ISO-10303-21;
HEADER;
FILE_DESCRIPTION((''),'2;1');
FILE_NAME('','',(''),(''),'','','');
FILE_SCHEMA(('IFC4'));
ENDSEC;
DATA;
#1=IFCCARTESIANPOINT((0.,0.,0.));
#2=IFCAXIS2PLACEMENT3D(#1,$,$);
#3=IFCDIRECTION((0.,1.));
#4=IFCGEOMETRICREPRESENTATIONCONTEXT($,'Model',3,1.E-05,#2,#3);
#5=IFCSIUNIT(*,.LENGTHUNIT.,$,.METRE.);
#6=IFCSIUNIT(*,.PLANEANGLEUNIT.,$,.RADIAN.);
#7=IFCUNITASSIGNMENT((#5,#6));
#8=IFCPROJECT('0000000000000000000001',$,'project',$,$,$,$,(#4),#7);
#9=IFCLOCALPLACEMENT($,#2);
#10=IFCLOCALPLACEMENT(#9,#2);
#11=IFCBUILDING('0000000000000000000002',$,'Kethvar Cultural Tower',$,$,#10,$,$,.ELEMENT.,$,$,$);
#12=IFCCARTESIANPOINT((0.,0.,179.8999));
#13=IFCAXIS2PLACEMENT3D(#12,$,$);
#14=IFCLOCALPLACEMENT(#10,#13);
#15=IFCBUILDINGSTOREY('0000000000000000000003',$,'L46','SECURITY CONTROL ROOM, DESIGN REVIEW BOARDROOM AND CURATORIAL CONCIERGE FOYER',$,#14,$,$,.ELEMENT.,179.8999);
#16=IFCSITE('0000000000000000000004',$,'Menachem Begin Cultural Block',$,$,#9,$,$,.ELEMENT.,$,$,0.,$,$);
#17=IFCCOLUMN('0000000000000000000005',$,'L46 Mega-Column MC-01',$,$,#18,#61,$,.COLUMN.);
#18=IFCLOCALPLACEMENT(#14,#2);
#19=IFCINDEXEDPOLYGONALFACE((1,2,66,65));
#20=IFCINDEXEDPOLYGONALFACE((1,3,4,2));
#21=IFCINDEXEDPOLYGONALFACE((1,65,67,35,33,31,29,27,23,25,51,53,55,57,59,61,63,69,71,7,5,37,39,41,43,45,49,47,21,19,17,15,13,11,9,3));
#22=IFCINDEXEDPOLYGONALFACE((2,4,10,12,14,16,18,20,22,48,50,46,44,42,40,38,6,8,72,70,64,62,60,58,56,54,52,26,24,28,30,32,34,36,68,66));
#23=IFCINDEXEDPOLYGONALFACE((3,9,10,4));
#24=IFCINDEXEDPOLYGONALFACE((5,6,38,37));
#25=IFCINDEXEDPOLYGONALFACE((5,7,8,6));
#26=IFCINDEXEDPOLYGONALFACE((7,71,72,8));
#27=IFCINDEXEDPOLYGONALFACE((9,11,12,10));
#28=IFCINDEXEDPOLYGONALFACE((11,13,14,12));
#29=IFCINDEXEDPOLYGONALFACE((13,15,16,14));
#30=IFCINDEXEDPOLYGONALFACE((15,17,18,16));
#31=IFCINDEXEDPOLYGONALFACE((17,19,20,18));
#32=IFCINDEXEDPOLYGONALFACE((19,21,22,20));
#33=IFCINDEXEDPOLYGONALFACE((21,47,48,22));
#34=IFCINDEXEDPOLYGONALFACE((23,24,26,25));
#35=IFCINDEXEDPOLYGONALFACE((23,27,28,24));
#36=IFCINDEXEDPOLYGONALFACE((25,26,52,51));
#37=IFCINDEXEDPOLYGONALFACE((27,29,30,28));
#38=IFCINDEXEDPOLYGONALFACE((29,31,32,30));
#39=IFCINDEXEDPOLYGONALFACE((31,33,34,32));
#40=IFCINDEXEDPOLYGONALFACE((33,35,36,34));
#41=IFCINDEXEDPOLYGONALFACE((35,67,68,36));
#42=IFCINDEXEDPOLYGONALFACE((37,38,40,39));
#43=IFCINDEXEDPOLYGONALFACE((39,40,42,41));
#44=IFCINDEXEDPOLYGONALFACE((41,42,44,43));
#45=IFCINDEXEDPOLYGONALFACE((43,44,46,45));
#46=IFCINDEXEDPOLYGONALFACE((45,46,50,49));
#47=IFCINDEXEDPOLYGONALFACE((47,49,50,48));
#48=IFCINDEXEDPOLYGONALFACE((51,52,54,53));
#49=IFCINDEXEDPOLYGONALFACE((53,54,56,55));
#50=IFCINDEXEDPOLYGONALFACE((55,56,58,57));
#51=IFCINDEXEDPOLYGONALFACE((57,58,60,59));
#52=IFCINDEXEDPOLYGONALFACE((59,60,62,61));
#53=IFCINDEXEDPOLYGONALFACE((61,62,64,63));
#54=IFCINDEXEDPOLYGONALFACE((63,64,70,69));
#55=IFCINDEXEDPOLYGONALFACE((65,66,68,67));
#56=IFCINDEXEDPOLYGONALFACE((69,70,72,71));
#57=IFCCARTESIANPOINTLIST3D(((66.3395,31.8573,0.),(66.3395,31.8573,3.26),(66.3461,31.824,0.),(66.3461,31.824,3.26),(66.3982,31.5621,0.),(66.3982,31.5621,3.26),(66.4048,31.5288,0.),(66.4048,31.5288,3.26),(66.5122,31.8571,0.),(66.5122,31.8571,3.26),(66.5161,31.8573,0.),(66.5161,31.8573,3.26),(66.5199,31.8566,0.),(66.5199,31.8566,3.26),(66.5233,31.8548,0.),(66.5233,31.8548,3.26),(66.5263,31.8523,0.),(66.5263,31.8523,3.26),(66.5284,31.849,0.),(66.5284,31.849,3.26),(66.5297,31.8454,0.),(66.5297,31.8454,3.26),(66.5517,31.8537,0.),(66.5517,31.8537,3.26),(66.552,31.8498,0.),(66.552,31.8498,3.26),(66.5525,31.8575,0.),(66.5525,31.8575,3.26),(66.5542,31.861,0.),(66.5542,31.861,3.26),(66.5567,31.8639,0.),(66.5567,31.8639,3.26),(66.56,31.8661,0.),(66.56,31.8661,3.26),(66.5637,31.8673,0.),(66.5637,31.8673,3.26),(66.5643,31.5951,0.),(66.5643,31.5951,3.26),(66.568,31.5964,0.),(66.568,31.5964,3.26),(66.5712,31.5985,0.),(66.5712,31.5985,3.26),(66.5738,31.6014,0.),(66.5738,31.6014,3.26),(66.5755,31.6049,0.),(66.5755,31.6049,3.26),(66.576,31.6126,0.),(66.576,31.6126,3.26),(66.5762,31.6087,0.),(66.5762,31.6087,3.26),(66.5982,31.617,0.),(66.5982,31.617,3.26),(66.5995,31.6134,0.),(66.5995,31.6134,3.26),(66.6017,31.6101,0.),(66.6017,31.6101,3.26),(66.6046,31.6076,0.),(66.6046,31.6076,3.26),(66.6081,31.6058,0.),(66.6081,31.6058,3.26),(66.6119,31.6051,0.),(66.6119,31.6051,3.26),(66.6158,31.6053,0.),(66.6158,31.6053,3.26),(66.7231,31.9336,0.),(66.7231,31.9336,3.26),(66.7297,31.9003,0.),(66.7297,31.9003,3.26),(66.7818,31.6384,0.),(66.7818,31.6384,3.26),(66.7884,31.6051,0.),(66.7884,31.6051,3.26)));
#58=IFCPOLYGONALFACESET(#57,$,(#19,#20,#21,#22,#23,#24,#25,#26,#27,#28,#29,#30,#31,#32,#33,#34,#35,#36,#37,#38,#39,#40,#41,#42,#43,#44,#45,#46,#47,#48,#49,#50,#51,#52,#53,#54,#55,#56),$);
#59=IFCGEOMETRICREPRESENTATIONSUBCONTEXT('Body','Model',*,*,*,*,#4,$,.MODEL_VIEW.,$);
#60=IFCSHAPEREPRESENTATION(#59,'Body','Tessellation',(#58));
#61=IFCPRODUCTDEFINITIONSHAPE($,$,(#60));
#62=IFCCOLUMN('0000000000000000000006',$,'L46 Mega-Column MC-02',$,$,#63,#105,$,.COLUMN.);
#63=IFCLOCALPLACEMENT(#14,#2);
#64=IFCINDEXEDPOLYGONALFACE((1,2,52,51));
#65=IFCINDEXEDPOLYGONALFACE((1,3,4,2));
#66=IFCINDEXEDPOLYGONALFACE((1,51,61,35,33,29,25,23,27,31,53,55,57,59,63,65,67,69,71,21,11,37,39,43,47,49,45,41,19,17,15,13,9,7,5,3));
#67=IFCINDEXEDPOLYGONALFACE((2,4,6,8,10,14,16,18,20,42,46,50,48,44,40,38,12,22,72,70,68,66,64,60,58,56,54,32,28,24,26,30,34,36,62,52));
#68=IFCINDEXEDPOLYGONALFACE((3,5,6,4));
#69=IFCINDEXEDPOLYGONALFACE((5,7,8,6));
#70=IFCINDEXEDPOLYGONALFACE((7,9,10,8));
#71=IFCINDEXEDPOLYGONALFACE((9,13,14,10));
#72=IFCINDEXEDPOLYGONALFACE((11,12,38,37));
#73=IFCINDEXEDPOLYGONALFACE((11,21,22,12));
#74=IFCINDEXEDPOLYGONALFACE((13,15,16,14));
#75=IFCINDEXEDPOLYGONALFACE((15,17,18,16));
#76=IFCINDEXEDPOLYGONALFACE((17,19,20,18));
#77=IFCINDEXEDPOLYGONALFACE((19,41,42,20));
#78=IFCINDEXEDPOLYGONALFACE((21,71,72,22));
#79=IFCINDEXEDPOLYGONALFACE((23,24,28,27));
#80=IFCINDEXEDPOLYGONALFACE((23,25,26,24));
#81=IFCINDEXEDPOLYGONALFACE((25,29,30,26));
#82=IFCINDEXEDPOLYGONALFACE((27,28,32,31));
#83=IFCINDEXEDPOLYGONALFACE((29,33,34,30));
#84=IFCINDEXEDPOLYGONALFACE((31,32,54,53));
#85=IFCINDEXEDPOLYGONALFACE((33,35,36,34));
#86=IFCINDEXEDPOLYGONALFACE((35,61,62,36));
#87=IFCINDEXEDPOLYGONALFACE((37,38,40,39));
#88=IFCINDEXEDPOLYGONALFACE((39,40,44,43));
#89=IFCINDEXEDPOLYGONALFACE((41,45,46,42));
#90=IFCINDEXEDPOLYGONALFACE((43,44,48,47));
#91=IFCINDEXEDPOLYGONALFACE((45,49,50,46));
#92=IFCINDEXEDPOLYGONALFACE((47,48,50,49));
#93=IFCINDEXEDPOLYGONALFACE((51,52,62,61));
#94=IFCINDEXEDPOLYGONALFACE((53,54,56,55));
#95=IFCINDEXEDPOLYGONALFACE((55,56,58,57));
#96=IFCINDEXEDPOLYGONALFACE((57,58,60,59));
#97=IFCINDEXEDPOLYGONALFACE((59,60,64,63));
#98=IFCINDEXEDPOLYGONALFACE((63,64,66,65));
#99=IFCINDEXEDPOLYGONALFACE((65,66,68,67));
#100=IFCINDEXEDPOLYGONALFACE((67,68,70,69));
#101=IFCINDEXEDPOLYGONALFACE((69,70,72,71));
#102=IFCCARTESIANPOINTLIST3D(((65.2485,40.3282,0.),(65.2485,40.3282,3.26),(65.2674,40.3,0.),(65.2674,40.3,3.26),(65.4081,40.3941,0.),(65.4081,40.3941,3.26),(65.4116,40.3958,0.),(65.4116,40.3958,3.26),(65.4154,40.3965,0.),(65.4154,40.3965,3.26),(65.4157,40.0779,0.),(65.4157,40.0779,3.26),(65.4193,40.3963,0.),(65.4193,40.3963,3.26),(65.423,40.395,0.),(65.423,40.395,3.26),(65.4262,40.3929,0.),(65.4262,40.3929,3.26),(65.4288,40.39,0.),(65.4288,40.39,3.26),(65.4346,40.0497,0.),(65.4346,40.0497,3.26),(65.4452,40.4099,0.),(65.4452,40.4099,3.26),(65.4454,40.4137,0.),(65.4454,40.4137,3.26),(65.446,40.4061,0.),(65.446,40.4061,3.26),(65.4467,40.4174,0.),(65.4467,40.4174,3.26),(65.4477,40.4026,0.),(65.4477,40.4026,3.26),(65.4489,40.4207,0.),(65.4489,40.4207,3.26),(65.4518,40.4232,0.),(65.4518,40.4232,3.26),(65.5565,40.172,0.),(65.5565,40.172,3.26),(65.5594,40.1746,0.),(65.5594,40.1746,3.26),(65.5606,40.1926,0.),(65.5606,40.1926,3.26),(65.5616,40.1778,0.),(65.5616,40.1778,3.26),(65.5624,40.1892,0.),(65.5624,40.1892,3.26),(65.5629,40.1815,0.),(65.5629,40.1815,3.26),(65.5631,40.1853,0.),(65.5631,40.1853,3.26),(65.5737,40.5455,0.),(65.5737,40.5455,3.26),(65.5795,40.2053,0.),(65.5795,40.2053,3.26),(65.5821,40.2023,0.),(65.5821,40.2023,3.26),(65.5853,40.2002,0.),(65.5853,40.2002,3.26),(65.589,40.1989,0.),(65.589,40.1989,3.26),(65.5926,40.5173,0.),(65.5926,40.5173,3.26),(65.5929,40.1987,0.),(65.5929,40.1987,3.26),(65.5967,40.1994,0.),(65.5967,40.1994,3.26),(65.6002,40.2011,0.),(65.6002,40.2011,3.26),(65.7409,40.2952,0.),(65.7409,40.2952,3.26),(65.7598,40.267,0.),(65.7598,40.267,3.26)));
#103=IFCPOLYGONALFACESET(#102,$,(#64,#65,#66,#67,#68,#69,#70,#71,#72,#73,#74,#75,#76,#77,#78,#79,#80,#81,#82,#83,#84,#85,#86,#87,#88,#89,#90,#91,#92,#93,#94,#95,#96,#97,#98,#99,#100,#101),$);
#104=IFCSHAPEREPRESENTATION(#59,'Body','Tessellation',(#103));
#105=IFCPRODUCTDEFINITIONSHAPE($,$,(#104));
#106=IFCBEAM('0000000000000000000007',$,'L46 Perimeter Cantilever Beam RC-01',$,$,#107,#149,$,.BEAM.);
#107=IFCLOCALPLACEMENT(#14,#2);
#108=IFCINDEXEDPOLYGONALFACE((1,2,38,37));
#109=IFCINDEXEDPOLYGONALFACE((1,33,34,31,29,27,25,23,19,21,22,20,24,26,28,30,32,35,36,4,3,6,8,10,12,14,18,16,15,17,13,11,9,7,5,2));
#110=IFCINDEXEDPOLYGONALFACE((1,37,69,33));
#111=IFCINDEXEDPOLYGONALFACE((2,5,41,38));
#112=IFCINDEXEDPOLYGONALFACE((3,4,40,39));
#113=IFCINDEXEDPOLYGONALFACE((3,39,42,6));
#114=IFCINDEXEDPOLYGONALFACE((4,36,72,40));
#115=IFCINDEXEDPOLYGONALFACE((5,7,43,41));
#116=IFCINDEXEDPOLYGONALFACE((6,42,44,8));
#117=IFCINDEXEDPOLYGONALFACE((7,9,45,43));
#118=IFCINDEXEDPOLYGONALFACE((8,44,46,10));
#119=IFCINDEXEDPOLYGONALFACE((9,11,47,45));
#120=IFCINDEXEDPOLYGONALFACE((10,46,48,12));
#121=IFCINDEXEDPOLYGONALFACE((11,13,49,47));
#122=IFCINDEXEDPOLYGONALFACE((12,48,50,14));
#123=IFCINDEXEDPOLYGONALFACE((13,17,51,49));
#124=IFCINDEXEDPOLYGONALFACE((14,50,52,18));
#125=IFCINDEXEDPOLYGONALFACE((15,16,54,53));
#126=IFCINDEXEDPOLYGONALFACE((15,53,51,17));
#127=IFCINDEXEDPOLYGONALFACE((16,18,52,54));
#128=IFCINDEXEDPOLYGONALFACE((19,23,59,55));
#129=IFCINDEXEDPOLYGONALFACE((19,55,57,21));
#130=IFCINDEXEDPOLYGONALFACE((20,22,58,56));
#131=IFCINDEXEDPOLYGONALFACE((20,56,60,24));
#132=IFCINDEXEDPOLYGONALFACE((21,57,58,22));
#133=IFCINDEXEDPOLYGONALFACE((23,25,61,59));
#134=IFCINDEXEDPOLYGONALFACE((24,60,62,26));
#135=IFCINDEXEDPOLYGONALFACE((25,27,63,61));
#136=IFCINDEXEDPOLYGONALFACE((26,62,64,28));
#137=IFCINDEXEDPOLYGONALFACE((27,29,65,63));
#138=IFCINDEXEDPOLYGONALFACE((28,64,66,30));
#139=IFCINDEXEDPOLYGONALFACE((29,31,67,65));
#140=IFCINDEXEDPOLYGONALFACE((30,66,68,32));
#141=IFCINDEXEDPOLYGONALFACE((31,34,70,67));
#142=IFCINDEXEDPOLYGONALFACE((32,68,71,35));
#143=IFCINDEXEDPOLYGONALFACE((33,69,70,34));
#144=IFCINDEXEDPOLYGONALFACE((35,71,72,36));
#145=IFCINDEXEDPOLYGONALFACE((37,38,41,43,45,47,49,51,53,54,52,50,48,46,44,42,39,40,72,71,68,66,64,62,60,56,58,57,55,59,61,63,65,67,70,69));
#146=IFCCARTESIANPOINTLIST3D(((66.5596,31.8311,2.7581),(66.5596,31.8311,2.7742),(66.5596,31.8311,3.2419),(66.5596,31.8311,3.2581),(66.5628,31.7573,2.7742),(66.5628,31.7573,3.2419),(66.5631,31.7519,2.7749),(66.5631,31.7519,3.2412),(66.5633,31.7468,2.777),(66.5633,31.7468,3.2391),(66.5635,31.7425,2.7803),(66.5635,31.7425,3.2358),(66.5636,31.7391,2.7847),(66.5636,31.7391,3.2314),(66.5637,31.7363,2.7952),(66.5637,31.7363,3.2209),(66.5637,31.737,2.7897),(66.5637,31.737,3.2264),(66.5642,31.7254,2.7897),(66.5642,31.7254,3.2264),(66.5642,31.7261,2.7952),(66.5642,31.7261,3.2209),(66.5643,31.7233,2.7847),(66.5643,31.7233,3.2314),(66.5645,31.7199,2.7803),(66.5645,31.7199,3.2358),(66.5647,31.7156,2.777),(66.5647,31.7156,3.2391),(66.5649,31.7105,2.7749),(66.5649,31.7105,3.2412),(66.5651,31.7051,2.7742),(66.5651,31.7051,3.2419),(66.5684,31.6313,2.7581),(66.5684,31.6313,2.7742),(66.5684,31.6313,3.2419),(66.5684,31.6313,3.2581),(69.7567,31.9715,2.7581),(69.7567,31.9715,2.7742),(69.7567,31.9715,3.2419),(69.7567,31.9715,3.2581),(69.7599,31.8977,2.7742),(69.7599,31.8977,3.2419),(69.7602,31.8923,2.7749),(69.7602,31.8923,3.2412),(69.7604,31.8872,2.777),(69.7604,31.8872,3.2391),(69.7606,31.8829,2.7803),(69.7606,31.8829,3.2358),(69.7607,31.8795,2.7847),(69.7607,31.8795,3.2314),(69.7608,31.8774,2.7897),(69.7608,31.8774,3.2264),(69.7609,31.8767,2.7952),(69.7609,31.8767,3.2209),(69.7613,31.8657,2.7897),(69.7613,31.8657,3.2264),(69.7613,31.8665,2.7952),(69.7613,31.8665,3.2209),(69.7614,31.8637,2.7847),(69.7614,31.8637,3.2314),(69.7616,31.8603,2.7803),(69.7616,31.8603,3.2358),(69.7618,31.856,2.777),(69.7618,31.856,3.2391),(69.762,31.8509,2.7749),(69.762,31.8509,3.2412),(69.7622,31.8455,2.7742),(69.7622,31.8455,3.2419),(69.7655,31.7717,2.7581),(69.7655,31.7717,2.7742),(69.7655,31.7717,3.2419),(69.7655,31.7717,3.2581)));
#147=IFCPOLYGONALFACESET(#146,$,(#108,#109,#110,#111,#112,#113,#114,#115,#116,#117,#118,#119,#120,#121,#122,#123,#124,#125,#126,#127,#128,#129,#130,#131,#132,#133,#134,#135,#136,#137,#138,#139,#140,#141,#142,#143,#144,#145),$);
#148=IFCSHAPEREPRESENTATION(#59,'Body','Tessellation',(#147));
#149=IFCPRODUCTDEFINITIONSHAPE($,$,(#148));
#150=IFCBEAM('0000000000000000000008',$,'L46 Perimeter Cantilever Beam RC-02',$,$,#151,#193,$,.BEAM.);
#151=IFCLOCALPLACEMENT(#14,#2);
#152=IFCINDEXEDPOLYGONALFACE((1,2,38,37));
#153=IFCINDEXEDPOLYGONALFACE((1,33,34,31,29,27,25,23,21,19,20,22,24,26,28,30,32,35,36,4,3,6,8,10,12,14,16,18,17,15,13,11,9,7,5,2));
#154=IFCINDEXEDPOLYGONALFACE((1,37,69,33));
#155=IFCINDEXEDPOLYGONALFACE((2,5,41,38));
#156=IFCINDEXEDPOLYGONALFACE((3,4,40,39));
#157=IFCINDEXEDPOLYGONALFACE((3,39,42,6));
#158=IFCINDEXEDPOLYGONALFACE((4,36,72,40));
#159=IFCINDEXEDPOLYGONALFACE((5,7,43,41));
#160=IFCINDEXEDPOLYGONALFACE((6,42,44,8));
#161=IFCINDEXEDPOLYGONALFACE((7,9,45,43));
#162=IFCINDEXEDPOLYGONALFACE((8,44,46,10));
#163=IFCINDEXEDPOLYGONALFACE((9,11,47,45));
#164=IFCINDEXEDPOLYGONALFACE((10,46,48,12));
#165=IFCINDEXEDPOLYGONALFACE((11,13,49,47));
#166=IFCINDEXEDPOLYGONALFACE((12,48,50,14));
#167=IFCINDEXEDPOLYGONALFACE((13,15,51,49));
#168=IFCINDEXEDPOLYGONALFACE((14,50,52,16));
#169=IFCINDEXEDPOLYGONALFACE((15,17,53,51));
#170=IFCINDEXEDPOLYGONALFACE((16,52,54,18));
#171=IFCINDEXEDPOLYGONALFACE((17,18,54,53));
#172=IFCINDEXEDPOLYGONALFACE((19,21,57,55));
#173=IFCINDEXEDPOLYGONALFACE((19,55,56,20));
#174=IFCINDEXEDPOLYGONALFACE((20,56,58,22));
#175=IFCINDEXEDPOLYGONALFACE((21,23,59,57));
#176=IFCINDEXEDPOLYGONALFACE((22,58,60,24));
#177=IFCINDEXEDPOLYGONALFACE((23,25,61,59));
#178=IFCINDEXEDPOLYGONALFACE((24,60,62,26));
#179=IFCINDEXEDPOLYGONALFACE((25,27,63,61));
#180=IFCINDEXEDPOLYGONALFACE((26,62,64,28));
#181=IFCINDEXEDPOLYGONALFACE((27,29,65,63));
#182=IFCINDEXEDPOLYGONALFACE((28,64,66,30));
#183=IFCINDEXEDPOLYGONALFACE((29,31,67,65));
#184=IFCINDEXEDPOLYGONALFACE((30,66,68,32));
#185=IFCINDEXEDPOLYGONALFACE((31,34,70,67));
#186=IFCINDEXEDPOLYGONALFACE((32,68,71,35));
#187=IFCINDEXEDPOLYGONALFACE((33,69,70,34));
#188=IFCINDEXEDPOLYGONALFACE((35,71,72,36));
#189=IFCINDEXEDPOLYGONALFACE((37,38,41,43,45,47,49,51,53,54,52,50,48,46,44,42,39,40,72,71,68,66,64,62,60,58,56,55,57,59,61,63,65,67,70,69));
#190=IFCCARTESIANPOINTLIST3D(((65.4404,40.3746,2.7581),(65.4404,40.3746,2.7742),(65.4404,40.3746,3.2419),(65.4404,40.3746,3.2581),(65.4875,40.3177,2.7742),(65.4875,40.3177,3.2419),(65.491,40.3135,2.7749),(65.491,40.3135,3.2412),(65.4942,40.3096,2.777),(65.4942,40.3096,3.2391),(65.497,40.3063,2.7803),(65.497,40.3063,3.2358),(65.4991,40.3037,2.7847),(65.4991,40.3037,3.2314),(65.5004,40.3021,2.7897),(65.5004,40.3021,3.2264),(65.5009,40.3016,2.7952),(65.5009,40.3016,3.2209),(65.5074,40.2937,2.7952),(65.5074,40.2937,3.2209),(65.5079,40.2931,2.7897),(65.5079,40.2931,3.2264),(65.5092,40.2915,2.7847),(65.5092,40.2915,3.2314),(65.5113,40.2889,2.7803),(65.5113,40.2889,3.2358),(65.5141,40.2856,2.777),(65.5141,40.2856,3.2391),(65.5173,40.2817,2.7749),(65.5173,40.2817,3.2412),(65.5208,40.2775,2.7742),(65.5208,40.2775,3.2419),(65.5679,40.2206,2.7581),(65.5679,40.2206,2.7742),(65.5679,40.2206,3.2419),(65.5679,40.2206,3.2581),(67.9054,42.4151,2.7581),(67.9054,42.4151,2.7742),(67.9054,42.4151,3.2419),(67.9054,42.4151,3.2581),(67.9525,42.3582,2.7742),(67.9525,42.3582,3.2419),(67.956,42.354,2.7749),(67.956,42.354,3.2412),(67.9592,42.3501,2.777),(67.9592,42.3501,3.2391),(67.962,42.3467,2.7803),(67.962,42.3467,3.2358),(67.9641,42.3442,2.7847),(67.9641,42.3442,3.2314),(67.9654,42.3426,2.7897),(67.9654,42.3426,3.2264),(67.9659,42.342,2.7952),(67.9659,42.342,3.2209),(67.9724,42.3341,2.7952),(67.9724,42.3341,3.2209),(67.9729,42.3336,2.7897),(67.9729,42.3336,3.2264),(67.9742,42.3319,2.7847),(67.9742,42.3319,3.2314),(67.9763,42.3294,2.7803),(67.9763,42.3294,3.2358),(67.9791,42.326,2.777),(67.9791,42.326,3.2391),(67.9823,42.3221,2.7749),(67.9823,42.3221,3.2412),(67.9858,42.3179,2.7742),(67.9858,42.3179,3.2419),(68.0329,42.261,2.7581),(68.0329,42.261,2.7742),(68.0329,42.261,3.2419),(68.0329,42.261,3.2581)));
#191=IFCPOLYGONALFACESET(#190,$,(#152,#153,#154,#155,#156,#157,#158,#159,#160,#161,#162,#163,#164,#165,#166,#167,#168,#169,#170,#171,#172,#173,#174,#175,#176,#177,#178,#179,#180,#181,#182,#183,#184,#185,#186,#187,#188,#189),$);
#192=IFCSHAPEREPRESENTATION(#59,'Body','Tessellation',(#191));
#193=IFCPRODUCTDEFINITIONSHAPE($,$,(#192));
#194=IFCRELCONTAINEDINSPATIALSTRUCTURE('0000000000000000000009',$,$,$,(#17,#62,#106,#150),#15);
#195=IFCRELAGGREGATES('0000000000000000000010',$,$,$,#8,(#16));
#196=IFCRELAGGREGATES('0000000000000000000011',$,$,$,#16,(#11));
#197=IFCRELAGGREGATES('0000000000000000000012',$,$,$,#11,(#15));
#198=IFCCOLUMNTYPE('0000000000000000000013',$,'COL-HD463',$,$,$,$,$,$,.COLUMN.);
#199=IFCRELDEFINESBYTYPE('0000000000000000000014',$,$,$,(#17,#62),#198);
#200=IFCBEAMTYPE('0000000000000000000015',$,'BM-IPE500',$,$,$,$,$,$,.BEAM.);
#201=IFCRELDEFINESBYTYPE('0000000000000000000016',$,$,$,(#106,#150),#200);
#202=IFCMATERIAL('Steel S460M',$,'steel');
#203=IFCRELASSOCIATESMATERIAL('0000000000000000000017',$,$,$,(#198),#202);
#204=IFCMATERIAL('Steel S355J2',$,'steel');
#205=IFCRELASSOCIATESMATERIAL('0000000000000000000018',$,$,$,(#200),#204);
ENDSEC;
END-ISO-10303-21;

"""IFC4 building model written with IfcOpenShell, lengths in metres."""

from ifc_helpers import new_model, si_unit, direction, frame, origin, origin_2d, place, context, subcontext, project, spatial, i_section, extrude, source, transform, mapped, material, material_profile, profile_set, type_object, element, save


model = new_model("IFC4")

# Units and contexts
model_context = context("Model", 3, precision=1e-05, world=origin(), true_north=direction((0.0, 1.0)))
body_context = subcontext(model_context, "Body", "Model", "MODEL_VIEW")
ifc_project = project(units=[si_unit("LENGTHUNIT", "METRE"), si_unit("PLANEANGLEUNIT", "RADIAN")], contexts=[model_context])

# Site, building, storey
site_placement = place(None, origin())
site = spatial("IfcSite", under=ifc_project, at=site_placement, Name="Menachem Begin Cultural Block", CompositionType="ELEMENT", RefElevation=0.0)
building_placement = place(site_placement, origin())
building = spatial("IfcBuilding", under=site, at=building_placement, Name="Kethvar Cultural Tower", CompositionType="ELEMENT")
storey_placement = place(building_placement, frame((0.0, 0.0, 179.8999)))
storey = spatial("IfcBuildingStorey", under=building, at=storey_placement, Name="L46", Description="SECURITY CONTROL ROOM, DESIGN REVIEW BOARDROOM AND CURATORIAL CONCIERGE FOYER", CompositionType="ELEMENT", Elevation=179.8999)

# Columns
ifc_material_1 = material(Name="Steel S460M", Category="steel")
ifc_material_profile_1 = material_profile(ifc_material_1, i_section(OverallWidth=0.3911, OverallDepth=0.335, WebThickness=0.0227, FlangeThickness=0.0339, FilletRadius=0.0149, at=origin_2d()), Name="Steel S460M — HD400x463")
ifc_profile_set_1 = profile_set([ifc_material_profile_1], Name="Steel S460M — HD400x463")
column_type = type_object("IfcColumnType", Name="COL-HD463", PredefinedType="COLUMN", material=ifc_profile_set_1)
shared_shape_1 = source(origin(), body_context, "Body", "SweptSolid", [
    extrude(i_section(OverallWidth=0.3911, OverallDepth=0.335, WebThickness=0.0227, FlangeThickness=0.0339, FilletRadius=0.0149, at=origin_2d()), origin(), (0.0, 0.0, 1.0), 3.26),
])
for number, where, z_axis, x_axis, name in (
    (1, (66.564, 31.7312, 0.0), (0.0, 0.0, 1.0), (0.980785, 0.19509, 0.0), "L46 Mega-Column MC-01"),
    (2, (65.5042, 40.2976, 0.0), (0.0, 0.0, 1.0), (0.83147, 0.55557, 0.0), "L46 Mega-Column MC-02"),
):
    element("IfcColumn", number, at=place(storey_placement, frame(where, z_axis=z_axis, x_axis=x_axis)), inside=storey, type_object=column_type, Name=name, PredefinedType="COLUMN", context=body_context, shape_type="MappedRepresentation", body=[
        mapped(shared_shape_1, transform((0.0, 0.0, 0.0), scale=1.0)),
    ])

# Beams
ifc_material_2 = material(Name="Steel S355J2", Category="steel")
ifc_material_profile_2 = material_profile(ifc_material_2, i_section(OverallWidth=0.2, OverallDepth=0.5, WebThickness=0.0103, FlangeThickness=0.0161, FilletRadius=0.021, at=origin_2d()), Name="Steel S355J2 — IPE500")
ifc_profile_set_2 = profile_set([ifc_material_profile_2], Name="Steel S355J2 — IPE500")
beam_type_1 = type_object("IfcBeamType", Name="BM-IPE500", PredefinedType="BEAM", material=ifc_profile_set_2)
shared_shape_2 = source(origin(), body_context, "Body", "SweptSolid", [
    extrude(i_section(OverallWidth=0.2, OverallDepth=0.5, WebThickness=0.0103, FlangeThickness=0.0161, FilletRadius=0.021, at=origin_2d()), origin(), (0.0, 0.0, 1.0), 3.2002),
])
beam_1_placement = place(storey_placement, frame((66.564, 31.7312, 3.0081), z_axis=(0.999037, 0.043868, 0.0), x_axis=(-0.043868, 0.999037, 0.0)))
element("IfcBeam", 3, at=beam_1_placement, inside=storey, type_object=beam_type_1, Name="L46 Perimeter Cantilever Beam RC-01", PredefinedType="BEAM", context=body_context, shape_type="MappedRepresentation", body=[
    mapped(shared_shape_2, transform((0.0, 0.0, 0.0), scale=1.0)),
])
shared_shape_3 = source(origin(), body_context, "Body", "SweptSolid", [
    extrude(i_section(OverallWidth=0.2, OverallDepth=0.5, WebThickness=0.0103, FlangeThickness=0.0161, FilletRadius=0.021, at=origin_2d()), origin(), (0.0, 0.0, 1.0), 3.2),
])
beam_2_placement = place(storey_placement, frame((65.5042, 40.2976, 3.0081), z_axis=(0.770325, 0.637652, 0.0), x_axis=(-0.637652, 0.770325, 0.0)))
element("IfcBeam", 4, at=beam_2_placement, inside=storey, type_object=beam_type_1, Name="L46 Perimeter Cantilever Beam RC-02", PredefinedType="BEAM", context=body_context, shape_type="MappedRepresentation", body=[
    mapped(shared_shape_3, transform((0.0, 0.0, 0.0), scale=1.0)),
])

save(model, "model.ifc")
